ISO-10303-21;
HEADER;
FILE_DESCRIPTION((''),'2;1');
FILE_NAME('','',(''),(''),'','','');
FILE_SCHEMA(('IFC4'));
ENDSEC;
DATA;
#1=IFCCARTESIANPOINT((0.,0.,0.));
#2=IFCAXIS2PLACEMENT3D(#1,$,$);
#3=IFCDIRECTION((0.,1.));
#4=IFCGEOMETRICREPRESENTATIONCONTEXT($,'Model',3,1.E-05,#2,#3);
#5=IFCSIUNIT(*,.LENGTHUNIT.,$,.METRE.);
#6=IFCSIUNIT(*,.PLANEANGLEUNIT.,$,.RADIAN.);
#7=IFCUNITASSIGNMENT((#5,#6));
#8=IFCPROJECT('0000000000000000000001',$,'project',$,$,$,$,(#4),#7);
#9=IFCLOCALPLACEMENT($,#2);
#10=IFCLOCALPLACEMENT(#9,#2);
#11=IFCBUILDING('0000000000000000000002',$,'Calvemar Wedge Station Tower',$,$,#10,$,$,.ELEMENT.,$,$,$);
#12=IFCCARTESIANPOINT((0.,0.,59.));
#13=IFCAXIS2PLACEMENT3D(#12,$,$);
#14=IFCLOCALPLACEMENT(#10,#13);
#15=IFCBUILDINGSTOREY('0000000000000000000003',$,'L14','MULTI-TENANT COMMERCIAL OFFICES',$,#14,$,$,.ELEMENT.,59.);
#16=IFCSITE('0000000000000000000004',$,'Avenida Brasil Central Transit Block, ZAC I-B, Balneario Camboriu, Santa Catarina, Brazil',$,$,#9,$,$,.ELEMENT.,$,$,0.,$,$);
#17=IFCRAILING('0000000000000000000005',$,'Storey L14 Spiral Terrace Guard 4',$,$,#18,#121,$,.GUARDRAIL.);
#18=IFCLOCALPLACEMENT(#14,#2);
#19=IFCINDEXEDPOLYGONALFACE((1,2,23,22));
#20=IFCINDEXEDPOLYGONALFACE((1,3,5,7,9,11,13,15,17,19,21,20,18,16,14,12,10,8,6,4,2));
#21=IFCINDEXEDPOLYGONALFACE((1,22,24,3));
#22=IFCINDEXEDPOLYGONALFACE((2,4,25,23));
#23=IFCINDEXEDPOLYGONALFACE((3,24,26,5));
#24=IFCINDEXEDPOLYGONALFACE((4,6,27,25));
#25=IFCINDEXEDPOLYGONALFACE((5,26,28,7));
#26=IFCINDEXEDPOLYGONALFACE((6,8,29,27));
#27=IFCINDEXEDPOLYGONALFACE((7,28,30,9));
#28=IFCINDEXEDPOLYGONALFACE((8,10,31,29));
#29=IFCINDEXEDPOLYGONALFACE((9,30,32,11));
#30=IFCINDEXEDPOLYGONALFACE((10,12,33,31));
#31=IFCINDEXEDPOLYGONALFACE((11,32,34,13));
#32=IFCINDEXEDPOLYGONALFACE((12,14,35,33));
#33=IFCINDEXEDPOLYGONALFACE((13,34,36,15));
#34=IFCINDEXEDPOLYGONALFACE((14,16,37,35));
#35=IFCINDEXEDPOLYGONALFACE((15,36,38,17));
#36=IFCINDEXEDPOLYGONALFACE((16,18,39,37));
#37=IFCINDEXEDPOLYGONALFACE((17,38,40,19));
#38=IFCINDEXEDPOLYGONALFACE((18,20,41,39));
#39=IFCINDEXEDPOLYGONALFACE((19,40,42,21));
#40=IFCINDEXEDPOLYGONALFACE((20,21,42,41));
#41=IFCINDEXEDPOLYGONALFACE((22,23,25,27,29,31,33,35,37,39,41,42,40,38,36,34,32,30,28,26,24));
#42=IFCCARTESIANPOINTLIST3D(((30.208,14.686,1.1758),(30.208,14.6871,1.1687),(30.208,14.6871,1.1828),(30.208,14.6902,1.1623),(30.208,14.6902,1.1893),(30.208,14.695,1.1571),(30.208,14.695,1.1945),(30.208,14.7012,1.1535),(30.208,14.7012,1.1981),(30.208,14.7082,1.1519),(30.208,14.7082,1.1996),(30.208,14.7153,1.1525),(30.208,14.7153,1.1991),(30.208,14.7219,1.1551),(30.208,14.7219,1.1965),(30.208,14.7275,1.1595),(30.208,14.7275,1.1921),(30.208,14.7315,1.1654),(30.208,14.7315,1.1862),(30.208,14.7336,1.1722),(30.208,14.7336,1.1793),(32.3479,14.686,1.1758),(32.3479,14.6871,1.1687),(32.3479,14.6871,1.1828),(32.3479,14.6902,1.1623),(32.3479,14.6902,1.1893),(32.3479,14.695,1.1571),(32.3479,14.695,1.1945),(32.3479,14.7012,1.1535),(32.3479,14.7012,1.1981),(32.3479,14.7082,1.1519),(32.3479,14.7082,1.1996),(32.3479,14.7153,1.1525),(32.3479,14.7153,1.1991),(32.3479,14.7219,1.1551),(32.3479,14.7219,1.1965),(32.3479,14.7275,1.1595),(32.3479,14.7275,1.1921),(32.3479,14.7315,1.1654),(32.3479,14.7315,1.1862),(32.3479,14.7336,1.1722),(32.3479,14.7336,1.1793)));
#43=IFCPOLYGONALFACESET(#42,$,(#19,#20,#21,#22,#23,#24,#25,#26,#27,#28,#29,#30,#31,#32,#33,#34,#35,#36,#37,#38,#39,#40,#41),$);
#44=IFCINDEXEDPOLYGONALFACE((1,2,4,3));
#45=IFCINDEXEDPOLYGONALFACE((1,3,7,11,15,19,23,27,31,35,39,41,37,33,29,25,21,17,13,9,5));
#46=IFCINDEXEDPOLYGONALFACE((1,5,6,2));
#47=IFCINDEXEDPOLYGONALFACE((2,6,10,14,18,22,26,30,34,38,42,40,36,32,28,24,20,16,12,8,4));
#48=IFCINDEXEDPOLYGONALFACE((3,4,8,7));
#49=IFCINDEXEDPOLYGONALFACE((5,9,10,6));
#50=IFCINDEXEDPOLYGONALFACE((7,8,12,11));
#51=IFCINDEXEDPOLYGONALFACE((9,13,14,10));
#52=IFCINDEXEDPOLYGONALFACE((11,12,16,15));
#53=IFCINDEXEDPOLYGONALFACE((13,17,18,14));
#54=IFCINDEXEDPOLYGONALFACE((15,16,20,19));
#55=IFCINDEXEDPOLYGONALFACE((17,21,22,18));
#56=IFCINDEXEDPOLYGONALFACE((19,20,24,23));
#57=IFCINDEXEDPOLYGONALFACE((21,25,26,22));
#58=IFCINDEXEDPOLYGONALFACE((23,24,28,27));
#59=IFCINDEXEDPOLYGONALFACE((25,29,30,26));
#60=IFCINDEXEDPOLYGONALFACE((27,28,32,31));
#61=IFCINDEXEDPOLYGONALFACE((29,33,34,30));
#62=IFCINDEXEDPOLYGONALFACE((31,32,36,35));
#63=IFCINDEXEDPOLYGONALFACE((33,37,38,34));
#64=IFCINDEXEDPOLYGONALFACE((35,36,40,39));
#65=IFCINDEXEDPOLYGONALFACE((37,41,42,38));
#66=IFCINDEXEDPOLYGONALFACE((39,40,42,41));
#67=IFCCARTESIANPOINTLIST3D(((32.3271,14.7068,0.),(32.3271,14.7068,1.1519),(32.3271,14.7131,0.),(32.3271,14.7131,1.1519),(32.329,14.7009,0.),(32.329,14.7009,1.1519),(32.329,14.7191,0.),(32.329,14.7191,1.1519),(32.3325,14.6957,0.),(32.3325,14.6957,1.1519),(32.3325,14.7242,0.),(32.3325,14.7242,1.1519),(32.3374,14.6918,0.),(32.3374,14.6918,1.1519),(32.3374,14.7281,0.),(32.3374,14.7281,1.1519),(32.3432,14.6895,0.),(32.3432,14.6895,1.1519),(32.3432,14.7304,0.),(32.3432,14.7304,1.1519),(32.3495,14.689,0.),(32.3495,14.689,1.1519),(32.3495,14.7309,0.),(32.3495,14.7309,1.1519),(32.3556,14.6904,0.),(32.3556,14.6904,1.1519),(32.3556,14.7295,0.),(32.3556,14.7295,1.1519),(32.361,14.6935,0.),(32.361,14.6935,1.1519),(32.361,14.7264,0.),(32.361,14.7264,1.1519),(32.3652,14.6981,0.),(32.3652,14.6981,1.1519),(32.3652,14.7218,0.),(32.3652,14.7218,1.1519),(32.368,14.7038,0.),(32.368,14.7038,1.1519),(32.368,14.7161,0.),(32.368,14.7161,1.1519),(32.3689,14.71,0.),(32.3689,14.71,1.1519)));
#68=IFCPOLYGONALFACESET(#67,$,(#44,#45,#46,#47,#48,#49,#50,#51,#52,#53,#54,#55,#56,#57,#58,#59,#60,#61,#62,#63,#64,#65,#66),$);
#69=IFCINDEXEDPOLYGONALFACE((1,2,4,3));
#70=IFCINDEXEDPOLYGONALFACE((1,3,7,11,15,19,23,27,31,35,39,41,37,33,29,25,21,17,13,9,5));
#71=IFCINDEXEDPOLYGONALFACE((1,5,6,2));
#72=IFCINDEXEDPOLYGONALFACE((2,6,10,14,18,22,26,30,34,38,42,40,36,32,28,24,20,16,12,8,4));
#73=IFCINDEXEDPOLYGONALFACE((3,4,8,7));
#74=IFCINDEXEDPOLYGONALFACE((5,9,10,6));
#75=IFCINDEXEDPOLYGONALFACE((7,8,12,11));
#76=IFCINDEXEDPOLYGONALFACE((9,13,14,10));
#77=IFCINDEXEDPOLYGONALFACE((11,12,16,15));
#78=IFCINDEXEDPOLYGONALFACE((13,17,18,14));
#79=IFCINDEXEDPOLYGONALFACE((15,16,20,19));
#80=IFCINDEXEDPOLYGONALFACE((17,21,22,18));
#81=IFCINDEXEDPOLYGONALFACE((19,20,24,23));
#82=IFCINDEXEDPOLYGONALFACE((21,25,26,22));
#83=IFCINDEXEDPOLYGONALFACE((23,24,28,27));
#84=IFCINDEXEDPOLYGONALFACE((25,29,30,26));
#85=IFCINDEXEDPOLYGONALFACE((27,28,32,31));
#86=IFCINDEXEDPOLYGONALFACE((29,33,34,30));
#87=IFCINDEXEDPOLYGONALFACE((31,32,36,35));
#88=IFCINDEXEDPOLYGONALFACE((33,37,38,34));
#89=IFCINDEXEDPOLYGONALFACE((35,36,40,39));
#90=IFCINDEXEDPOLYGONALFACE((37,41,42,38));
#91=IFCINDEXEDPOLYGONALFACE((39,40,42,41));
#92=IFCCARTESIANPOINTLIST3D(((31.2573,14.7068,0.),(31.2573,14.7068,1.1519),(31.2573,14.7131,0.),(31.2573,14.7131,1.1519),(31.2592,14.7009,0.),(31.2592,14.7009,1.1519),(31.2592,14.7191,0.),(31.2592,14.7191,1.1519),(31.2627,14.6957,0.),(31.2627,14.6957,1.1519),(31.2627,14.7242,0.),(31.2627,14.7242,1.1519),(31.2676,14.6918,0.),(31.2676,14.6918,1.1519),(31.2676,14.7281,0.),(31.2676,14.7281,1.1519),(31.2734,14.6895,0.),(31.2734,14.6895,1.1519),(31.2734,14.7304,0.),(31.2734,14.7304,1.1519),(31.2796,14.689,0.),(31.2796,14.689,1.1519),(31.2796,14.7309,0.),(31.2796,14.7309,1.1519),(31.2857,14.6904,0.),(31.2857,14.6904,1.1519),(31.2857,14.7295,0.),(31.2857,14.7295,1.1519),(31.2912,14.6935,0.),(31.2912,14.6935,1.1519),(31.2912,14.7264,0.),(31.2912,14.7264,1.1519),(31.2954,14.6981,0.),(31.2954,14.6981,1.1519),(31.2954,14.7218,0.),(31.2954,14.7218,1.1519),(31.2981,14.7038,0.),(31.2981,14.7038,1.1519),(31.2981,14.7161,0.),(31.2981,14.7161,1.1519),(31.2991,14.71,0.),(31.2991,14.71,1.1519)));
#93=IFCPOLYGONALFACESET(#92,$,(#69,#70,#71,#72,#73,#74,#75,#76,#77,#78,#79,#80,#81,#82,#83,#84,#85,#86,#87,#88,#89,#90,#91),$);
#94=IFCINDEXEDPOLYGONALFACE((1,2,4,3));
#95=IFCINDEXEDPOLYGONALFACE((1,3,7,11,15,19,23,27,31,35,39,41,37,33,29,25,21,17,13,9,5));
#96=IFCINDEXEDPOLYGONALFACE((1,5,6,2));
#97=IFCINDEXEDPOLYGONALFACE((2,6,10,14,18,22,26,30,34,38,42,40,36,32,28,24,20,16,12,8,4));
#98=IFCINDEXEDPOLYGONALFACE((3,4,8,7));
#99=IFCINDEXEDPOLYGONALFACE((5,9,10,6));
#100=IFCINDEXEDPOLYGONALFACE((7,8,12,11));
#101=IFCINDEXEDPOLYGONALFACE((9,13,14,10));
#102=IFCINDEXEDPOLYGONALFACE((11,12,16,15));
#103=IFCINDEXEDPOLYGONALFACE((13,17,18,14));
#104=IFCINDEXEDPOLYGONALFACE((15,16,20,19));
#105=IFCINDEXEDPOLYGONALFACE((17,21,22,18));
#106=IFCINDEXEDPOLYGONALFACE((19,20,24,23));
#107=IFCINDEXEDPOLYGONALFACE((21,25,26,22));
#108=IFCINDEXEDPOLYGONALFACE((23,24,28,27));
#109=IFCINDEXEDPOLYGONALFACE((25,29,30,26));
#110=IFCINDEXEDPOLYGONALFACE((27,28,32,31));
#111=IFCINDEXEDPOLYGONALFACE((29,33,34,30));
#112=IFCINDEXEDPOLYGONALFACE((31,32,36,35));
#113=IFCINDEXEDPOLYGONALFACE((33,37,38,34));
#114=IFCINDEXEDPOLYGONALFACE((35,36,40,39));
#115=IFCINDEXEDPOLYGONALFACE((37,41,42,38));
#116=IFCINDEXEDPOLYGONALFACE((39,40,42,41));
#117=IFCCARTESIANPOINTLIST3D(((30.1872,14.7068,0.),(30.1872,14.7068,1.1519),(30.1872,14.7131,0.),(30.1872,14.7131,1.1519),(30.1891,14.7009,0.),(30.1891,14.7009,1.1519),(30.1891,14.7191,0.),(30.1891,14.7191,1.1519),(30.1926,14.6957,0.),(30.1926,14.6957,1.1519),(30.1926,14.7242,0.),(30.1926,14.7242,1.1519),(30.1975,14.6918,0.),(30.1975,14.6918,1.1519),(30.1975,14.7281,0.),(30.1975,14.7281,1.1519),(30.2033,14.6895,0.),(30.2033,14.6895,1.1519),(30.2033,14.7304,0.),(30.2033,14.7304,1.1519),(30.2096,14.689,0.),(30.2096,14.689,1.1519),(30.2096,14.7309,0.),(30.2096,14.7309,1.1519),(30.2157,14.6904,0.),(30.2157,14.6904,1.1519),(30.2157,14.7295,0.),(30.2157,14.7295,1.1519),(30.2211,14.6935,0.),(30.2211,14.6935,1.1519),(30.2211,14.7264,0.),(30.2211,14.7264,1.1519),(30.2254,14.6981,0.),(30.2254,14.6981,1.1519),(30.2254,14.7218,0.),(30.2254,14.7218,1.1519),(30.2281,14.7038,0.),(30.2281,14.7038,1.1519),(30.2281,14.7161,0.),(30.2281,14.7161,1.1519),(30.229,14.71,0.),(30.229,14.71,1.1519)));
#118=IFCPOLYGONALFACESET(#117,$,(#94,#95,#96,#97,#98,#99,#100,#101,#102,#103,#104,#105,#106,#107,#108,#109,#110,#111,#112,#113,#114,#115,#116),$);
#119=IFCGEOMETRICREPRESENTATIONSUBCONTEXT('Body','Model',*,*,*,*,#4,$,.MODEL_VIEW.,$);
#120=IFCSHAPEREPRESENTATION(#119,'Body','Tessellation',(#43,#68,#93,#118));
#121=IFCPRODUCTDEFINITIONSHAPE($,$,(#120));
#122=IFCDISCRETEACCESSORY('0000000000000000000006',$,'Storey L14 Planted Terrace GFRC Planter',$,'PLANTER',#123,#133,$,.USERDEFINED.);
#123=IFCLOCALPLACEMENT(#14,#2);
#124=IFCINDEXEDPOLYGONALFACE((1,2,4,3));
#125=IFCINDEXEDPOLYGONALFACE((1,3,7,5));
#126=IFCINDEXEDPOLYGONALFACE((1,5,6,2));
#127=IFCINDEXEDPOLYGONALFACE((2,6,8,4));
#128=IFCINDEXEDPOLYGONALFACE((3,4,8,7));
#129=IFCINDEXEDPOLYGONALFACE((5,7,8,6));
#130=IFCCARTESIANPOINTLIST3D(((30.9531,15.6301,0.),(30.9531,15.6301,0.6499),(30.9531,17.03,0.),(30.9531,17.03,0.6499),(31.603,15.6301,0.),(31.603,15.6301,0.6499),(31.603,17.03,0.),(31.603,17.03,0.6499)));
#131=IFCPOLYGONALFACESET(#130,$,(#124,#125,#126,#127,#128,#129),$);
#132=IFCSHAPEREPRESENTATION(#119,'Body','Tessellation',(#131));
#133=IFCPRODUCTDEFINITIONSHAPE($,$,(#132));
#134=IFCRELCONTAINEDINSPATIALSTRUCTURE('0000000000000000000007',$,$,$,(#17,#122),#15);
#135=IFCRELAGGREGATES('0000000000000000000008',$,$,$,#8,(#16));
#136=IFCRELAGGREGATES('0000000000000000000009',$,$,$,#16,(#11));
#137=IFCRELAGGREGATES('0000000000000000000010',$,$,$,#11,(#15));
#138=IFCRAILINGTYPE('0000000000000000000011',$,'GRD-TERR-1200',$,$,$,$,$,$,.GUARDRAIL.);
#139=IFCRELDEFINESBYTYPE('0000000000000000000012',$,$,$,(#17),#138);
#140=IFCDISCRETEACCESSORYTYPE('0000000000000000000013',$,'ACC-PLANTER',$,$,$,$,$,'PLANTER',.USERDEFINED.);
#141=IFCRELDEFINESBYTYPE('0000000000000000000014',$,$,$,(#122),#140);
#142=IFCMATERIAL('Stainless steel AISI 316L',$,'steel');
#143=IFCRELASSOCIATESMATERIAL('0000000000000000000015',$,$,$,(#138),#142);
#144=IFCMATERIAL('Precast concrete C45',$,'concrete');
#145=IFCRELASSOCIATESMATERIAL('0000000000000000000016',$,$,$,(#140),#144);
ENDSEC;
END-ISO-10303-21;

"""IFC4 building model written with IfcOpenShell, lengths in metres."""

from ifc_helpers import new_model, si_unit, direction, frame, origin, origin_2d, place, context, subcontext, project, spatial, rectangle, circle, extrude, source, transform, mapped, material, type_object, element, save


model = new_model("IFC4")

# Units and contexts
model_context = context("Model", 3, precision=1e-05, world=origin(), true_north=direction((0.0, 1.0)))
body_context = subcontext(model_context, "Body", "Model", "MODEL_VIEW")
ifc_project = project(units=[si_unit("LENGTHUNIT", "METRE"), si_unit("PLANEANGLEUNIT", "RADIAN")], contexts=[model_context])

# Site, building, storey
site_placement = place(None, origin())
site = spatial("IfcSite", under=ifc_project, at=site_placement, Name="Avenida Brasil Central Transit Block, ZAC I-B, Balneario Camboriu, Santa Catarina, Brazil", CompositionType="ELEMENT", RefElevation=0.0)
building_placement = place(site_placement, origin())
building = spatial("IfcBuilding", under=site, at=building_placement, Name="Calvemar Wedge Station Tower", CompositionType="ELEMENT")
storey_placement = place(building_placement, frame((0.0, 0.0, 59.0)))
storey = spatial("IfcBuildingStorey", under=building, at=storey_placement, Name="L14", Description="MULTI-TENANT COMMERCIAL OFFICES", CompositionType="ELEMENT", Elevation=59.0)

# Shared definitions
ifc_material_1 = material(Name="Precast concrete C45", Category="concrete")

# Railing
ifc_material_2 = material(Name="Stainless steel AISI 316L", Category="steel")
railing_type = type_object("IfcRailingType", Name="GRD-TERR-1200", PredefinedType="GUARDRAIL", material=ifc_material_2)
railing_1_placement = place(storey_placement, frame((32.3479, 14.71, 0.0)))
element("IfcRailing", 1, at=railing_1_placement, inside=storey, type_object=railing_type, Name="Storey L14 Spiral Terrace Guard 4", PredefinedType="GUARDRAIL", context=body_context, shape_type="SweptSolid", body=[
    extrude(circle(Radius=0.0239, at=origin_2d()), frame((0.0, 0.0, 1.1758), z_axis=(-1.0, 0.0, 0.0), x_axis=(0.0, -1.0, 0.0)), (0.0, 0.0, 1.0), 2.1399),
    extrude(circle(Radius=0.021, at=origin_2d()), origin(), (0.0, 0.0, 1.0), 1.1519),
    extrude(circle(Radius=0.021, at=origin_2d()), frame((-1.0698, 0.0, 0.0)), (0.0, 0.0, 1.0), 1.1519),
    extrude(circle(Radius=0.021, at=origin_2d()), frame((-2.1399, 0.0, 0.0)), (0.0, 0.0, 1.0), 1.1519),
])

# Discrete accessory
discrete_accessory_type = type_object("IfcDiscreteAccessoryType", Name="ACC-PLANTER", ElementType="PLANTER", PredefinedType="USERDEFINED", material=ifc_material_1)
shared_shape_1 = source(origin(), body_context, "Body", "SweptSolid", [
    extrude(rectangle(XDim=0.6499, YDim=1.3999, at=origin_2d()), origin(), (0.0, 0.0, 1.0), 0.6499),
])
discrete_accessory_placement = place(storey_placement, frame((31.2781, 16.3301, 0.0), z_axis=(0.0, 0.0, 1.0), x_axis=(1.0, 0.0, 0.0)))
element("IfcDiscreteAccessory", 2, at=discrete_accessory_placement, inside=storey, type_object=discrete_accessory_type, Name="Storey L14 Planted Terrace GFRC Planter", ObjectType="PLANTER", PredefinedType="USERDEFINED", context=body_context, shape_type="MappedRepresentation", body=[
    mapped(shared_shape_1, transform((0.0, 0.0, 0.0), scale=1.0)),
])

save(model, "model.ifc")
